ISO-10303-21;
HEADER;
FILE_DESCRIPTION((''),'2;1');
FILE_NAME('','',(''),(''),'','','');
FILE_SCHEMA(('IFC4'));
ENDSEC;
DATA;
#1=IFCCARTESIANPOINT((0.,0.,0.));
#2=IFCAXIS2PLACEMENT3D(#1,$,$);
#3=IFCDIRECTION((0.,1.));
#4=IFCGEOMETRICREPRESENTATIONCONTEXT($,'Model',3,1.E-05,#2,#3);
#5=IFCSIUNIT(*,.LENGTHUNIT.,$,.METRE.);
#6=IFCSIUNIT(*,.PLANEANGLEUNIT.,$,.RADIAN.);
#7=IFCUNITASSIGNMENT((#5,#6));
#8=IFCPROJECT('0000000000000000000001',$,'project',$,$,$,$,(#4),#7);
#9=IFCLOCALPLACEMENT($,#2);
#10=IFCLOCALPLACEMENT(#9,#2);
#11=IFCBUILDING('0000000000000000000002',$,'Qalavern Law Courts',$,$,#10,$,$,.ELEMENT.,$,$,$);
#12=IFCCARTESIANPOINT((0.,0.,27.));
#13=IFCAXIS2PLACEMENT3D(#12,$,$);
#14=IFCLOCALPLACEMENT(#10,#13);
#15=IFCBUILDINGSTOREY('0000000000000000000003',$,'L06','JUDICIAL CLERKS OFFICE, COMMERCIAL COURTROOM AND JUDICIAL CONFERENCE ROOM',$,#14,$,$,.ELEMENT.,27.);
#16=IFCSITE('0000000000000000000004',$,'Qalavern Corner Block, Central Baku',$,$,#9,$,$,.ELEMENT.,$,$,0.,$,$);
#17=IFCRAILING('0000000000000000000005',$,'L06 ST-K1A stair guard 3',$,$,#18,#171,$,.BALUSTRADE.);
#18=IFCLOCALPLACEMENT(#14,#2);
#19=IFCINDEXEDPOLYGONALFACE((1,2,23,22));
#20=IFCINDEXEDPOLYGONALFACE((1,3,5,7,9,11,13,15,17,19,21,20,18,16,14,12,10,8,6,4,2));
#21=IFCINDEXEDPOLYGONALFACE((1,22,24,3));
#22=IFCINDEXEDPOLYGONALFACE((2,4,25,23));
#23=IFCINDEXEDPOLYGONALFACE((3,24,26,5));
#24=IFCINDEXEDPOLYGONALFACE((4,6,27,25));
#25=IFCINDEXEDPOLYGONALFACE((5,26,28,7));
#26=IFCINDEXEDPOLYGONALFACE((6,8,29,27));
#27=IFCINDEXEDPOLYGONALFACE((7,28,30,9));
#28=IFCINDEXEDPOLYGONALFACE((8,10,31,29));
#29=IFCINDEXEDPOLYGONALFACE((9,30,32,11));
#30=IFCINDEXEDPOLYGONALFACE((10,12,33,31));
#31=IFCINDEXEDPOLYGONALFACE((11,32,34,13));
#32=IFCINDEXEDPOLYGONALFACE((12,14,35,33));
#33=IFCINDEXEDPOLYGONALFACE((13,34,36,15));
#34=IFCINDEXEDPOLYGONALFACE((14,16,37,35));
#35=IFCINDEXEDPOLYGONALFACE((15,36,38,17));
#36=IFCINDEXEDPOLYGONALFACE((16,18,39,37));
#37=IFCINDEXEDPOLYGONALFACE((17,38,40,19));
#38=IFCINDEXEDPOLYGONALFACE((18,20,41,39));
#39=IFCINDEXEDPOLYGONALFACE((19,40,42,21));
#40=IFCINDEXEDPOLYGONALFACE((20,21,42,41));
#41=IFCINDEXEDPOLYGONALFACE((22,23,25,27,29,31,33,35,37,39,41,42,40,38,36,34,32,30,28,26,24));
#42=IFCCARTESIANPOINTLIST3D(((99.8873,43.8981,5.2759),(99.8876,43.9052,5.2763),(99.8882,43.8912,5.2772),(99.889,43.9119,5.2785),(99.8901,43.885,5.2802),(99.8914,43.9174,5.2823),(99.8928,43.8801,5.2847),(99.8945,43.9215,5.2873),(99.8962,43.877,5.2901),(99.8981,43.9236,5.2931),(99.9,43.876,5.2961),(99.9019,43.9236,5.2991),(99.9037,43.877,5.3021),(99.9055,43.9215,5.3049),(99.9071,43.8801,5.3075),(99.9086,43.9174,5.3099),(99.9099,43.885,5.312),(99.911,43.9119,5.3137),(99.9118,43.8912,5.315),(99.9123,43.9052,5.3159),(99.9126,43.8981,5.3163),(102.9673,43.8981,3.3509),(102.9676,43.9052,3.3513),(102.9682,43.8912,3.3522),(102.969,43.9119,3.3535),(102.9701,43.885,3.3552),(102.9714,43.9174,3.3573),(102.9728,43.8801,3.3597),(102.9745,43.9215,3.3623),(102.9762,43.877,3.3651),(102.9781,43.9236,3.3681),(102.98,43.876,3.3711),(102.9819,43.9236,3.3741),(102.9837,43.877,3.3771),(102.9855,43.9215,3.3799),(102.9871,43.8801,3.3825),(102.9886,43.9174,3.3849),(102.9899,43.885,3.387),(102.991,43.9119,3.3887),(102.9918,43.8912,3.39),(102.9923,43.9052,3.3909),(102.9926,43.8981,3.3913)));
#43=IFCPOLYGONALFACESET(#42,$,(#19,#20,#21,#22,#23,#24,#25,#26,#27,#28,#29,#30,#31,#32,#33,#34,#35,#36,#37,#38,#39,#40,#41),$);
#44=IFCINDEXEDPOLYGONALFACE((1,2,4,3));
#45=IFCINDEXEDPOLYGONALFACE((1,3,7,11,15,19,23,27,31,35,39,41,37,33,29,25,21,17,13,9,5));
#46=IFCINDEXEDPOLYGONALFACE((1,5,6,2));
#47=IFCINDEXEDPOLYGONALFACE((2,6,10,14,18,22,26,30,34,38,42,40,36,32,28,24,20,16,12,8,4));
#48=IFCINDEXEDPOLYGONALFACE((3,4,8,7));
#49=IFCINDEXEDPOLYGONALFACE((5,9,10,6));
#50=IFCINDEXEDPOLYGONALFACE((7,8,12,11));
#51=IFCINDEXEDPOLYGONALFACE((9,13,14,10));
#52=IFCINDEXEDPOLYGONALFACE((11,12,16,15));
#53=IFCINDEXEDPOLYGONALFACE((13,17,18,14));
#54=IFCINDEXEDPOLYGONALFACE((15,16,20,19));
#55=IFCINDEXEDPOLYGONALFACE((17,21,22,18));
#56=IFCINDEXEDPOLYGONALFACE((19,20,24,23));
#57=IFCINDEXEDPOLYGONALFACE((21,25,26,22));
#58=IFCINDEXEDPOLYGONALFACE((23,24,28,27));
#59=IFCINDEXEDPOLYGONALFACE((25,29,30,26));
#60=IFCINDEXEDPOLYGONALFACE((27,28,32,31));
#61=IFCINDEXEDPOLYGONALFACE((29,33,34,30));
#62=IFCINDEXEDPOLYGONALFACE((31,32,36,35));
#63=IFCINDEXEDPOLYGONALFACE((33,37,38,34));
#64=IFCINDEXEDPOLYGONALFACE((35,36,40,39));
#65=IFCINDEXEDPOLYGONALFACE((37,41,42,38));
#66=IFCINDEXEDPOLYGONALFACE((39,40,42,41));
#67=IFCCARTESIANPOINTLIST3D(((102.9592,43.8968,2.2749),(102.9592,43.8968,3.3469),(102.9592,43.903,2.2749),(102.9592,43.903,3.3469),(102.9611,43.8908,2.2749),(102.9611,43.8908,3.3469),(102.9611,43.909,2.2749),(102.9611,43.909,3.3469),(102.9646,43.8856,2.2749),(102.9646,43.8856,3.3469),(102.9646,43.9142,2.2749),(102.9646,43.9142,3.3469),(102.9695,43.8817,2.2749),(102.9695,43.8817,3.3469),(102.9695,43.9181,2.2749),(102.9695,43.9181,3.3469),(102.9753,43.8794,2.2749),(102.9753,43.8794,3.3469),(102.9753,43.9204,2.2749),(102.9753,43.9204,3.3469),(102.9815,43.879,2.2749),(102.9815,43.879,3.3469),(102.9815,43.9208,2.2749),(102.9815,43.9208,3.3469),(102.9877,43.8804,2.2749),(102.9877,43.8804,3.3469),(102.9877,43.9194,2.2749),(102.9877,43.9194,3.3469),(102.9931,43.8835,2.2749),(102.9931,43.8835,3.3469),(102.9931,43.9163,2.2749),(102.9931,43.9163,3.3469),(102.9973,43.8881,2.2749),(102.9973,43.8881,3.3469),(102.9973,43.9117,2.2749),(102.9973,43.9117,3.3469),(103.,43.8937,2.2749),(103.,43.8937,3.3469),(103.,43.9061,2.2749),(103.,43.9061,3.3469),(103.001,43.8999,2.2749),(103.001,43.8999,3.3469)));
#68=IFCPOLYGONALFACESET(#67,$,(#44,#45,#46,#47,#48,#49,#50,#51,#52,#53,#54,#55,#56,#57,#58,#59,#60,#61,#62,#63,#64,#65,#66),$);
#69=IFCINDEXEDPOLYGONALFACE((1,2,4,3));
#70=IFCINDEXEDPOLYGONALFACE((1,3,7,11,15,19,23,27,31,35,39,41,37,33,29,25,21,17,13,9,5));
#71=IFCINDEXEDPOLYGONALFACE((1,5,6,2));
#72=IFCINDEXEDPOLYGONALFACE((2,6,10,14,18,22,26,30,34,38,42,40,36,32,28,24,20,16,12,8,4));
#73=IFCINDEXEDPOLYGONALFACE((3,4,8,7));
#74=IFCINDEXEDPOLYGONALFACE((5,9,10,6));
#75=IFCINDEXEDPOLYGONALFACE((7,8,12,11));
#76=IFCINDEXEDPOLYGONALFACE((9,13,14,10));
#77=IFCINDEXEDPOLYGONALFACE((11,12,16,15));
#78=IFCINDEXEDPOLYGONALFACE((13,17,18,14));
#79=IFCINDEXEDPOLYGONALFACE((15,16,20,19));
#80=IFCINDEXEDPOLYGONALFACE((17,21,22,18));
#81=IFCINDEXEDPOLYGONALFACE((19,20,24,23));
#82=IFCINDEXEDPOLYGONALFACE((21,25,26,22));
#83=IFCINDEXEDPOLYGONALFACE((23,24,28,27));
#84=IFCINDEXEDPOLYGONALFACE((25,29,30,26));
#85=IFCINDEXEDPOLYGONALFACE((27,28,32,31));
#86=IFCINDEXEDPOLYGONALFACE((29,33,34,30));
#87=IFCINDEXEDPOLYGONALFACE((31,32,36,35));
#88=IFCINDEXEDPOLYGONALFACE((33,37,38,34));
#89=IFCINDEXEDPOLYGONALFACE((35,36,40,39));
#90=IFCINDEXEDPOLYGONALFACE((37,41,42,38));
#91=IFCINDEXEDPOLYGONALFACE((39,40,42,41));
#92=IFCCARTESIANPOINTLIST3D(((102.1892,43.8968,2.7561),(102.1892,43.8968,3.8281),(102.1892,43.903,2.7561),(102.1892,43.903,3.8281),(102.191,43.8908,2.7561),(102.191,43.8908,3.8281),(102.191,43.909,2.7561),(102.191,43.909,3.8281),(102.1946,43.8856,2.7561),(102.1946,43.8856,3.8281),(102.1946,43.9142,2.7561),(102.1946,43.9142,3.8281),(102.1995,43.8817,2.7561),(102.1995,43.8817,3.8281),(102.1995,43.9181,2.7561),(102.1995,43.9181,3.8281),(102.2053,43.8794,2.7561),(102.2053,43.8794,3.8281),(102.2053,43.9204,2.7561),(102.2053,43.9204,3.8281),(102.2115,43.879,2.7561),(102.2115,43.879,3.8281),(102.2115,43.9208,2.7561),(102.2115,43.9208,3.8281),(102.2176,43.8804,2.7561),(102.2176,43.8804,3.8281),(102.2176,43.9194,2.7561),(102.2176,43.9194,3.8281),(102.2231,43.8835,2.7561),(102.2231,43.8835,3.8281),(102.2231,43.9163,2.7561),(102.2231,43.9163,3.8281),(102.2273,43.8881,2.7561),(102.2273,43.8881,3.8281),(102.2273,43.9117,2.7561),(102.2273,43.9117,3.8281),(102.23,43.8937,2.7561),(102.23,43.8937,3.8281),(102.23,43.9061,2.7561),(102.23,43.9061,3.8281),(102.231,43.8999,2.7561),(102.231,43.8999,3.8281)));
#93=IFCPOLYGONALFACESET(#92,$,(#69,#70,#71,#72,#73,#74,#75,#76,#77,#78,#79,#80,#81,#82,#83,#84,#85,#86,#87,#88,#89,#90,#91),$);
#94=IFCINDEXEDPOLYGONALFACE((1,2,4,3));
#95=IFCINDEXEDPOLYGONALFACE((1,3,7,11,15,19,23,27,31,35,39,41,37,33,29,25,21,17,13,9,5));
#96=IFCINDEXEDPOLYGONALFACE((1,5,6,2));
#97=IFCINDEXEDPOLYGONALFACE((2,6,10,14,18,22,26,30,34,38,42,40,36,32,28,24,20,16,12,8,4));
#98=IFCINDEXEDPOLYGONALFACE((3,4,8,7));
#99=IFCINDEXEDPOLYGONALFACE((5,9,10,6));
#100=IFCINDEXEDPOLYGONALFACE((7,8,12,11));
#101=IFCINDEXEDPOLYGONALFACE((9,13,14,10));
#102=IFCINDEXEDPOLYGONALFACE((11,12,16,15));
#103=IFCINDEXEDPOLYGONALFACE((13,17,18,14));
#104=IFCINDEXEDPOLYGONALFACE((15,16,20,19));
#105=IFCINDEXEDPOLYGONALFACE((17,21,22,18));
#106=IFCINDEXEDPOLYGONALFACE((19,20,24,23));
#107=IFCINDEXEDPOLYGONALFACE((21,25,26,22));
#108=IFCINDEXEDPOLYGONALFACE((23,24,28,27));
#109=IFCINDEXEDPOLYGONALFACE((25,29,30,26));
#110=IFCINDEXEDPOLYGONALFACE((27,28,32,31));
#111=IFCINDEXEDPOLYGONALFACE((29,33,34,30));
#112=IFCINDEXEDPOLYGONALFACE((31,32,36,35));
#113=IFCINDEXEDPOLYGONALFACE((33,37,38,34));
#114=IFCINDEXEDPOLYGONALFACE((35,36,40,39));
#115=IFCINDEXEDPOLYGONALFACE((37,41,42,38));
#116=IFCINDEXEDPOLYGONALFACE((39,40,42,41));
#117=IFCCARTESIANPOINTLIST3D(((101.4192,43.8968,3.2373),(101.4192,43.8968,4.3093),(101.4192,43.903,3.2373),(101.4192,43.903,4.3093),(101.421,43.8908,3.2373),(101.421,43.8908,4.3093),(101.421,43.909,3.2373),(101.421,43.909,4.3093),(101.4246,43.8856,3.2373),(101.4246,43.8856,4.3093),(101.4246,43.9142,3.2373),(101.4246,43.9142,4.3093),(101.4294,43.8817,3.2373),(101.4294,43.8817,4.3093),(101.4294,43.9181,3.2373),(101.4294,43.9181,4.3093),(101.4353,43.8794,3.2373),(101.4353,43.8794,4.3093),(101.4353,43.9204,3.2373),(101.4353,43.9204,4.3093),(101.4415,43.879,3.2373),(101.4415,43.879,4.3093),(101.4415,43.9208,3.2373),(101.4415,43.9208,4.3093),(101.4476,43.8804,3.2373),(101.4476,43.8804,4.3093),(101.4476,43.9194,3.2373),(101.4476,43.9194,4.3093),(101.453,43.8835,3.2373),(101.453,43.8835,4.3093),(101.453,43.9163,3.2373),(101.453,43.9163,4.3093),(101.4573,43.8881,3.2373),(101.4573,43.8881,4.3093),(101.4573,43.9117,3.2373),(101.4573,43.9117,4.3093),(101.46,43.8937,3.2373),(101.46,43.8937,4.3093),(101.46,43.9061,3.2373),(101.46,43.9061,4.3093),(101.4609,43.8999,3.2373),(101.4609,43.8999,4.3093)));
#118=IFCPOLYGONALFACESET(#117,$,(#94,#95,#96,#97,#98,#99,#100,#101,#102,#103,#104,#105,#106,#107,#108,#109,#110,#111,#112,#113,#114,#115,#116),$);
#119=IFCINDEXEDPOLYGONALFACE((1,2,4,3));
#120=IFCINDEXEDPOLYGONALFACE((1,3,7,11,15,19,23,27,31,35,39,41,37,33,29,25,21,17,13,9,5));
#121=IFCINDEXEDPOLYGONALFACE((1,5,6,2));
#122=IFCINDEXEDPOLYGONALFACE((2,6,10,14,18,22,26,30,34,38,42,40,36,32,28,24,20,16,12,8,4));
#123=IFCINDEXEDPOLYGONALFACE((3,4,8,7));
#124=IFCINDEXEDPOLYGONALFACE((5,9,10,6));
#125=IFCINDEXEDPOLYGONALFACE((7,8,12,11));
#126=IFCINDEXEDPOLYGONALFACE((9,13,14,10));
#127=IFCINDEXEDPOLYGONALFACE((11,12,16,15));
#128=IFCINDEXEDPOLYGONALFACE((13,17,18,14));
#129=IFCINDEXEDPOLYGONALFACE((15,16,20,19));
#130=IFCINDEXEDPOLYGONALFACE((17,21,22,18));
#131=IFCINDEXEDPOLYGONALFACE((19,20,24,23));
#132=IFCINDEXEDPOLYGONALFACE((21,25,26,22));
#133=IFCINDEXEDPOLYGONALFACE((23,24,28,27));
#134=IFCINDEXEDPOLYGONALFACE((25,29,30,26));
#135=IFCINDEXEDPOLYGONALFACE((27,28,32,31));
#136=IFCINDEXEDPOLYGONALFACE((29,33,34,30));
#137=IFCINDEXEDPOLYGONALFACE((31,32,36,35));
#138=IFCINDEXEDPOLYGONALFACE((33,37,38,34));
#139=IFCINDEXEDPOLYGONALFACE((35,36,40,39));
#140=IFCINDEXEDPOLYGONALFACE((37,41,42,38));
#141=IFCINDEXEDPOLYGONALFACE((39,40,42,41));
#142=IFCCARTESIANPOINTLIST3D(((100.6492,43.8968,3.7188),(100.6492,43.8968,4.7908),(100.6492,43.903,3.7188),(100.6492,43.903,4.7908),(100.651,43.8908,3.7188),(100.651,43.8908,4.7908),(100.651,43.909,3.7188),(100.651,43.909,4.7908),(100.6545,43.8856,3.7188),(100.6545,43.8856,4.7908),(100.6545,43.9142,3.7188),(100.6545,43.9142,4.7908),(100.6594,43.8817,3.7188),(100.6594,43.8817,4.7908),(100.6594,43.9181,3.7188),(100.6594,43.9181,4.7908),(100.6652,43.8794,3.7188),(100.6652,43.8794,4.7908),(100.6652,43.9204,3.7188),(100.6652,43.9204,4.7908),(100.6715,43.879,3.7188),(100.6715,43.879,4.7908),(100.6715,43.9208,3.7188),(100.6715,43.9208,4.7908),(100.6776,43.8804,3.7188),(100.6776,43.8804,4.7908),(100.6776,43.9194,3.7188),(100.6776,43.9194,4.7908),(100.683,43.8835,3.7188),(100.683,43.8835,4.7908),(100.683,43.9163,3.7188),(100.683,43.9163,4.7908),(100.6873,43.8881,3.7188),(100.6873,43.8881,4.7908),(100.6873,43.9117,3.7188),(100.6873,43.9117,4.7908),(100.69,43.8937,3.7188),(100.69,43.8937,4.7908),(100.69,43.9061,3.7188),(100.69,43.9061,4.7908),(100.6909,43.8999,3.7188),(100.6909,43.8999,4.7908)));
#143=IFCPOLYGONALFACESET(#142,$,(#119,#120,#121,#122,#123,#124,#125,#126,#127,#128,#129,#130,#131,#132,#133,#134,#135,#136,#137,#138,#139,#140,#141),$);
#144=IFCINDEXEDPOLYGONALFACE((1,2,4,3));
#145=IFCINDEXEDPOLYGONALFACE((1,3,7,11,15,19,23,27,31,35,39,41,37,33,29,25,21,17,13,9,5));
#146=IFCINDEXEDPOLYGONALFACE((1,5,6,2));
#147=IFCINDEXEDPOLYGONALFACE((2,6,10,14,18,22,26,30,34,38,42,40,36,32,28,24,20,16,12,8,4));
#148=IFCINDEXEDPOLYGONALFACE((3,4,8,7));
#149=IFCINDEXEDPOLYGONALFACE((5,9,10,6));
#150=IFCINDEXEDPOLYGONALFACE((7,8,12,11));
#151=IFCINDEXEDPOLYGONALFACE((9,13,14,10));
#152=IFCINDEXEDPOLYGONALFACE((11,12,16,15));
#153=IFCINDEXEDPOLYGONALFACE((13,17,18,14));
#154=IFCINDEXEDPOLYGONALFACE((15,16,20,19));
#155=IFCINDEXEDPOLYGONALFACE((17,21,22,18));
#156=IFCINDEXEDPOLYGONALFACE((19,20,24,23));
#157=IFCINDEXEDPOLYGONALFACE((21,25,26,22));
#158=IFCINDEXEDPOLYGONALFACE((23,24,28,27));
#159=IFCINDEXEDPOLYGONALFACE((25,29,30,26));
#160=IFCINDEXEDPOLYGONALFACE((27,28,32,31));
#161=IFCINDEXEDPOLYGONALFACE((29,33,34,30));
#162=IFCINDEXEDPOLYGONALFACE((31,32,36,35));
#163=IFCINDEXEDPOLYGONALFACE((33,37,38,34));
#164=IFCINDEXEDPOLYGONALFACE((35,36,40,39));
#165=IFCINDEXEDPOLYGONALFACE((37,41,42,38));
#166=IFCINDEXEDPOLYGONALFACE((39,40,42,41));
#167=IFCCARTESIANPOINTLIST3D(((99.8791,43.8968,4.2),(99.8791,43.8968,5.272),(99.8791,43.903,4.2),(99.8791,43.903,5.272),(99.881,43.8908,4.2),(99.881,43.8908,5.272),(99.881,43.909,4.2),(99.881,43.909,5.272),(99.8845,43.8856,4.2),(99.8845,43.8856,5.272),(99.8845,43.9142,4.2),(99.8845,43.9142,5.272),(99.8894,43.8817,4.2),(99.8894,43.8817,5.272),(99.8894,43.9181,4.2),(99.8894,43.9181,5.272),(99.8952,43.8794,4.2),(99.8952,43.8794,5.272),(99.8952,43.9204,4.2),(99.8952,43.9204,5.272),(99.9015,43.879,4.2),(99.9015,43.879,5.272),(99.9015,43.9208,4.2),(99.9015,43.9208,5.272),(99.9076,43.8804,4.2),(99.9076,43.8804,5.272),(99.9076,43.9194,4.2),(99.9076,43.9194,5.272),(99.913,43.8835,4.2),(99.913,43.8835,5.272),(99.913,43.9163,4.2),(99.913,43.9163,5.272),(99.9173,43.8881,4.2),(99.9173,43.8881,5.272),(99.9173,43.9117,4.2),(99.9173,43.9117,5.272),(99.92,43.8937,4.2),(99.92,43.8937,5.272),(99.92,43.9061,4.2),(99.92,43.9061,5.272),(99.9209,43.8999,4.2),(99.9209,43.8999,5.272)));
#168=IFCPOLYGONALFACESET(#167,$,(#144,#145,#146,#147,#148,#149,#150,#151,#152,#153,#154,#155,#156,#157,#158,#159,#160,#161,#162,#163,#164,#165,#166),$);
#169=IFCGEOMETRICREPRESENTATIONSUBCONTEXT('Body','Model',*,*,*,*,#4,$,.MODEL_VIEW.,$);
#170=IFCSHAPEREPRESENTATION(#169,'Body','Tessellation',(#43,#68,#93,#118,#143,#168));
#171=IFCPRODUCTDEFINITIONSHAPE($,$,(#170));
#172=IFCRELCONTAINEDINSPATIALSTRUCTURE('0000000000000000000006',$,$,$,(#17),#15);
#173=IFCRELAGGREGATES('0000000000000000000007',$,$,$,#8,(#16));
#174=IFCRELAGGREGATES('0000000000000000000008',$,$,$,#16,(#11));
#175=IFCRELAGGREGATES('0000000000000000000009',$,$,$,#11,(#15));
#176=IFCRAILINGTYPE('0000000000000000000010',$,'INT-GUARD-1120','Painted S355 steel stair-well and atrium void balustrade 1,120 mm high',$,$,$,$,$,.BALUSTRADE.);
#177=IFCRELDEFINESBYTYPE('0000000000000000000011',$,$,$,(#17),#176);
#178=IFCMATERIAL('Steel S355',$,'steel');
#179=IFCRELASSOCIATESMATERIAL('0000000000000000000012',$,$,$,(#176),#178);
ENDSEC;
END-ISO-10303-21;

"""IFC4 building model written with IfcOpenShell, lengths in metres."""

from ifc_helpers import new_model, si_unit, direction, frame, origin, origin_2d, place, context, subcontext, project, spatial, circle, extrude, material, type_object, element, save


model = new_model("IFC4")

# Units and contexts
model_context = context("Model", 3, precision=1e-05, world=origin(), true_north=direction((0.0, 1.0)))
body_context = subcontext(model_context, "Body", "Model", "MODEL_VIEW")
ifc_project = project(units=[si_unit("LENGTHUNIT", "METRE"), si_unit("PLANEANGLEUNIT", "RADIAN")], contexts=[model_context])

# Site, building, storey
site_placement = place(None, origin())
site = spatial("IfcSite", under=ifc_project, at=site_placement, Name="Qalavern Corner Block, Central Baku", CompositionType="ELEMENT", RefElevation=0.0)
building_placement = place(site_placement, origin())
building = spatial("IfcBuilding", under=site, at=building_placement, Name="Qalavern Law Courts", CompositionType="ELEMENT")
storey_placement = place(building_placement, frame((0.0, 0.0, 27.0)))
storey = spatial("IfcBuildingStorey", under=building, at=storey_placement, Name="L06", Description="JUDICIAL CLERKS OFFICE, COMMERCIAL COURTROOM AND JUDICIAL CONFERENCE ROOM", CompositionType="ELEMENT", Elevation=27.0)

# Shared definitions
ifc_material_1 = material(Name="Steel S355", Category="steel")

# Railing
railing_type_1 = type_object("IfcRailingType", Name="INT-GUARD-1120", Description="Painted S355 steel stair-well and atrium void balustrade 1,120 mm high", PredefinedType="BALUSTRADE", material=ifc_material_1)
railing_1_placement = place(storey_placement, frame((102.98, 43.8999, 2.2749)))
element("IfcRailing", 1, at=railing_1_placement, inside=storey, type_object=railing_type_1, Name="L06 ST-K1A stair guard 3", PredefinedType="BALUSTRADE", context=body_context, shape_type="SweptSolid", body=[
    extrude(circle(Radius=0.0239, at=origin_2d()), frame((0.0, 0.0, 1.0962), z_axis=(-0.847998, 0.0, 0.529999), x_axis=(0.0, -1.0, 0.0)), (0.0, 0.0, 1.0), 3.6321),
    extrude(circle(Radius=0.021, at=origin_2d()), origin(), (0.0, 0.0, 1.0), 1.072),
    extrude(circle(Radius=0.021, at=origin_2d()), frame((-0.77, 0.0, 0.4812)), (0.0, 0.0, 1.0), 1.072),
    extrude(circle(Radius=0.021, at=origin_2d()), frame((-1.54, 0.0, 0.9624)), (0.0, 0.0, 1.0), 1.072),
    extrude(circle(Radius=0.021, at=origin_2d()), frame((-2.3101, 0.0, 1.4438)), (0.0, 0.0, 1.0), 1.072),
    extrude(circle(Radius=0.021, at=origin_2d()), frame((-3.0801, 0.0, 1.925)), (0.0, 0.0, 1.0), 1.072),
])

save(model, "model.ifc")
